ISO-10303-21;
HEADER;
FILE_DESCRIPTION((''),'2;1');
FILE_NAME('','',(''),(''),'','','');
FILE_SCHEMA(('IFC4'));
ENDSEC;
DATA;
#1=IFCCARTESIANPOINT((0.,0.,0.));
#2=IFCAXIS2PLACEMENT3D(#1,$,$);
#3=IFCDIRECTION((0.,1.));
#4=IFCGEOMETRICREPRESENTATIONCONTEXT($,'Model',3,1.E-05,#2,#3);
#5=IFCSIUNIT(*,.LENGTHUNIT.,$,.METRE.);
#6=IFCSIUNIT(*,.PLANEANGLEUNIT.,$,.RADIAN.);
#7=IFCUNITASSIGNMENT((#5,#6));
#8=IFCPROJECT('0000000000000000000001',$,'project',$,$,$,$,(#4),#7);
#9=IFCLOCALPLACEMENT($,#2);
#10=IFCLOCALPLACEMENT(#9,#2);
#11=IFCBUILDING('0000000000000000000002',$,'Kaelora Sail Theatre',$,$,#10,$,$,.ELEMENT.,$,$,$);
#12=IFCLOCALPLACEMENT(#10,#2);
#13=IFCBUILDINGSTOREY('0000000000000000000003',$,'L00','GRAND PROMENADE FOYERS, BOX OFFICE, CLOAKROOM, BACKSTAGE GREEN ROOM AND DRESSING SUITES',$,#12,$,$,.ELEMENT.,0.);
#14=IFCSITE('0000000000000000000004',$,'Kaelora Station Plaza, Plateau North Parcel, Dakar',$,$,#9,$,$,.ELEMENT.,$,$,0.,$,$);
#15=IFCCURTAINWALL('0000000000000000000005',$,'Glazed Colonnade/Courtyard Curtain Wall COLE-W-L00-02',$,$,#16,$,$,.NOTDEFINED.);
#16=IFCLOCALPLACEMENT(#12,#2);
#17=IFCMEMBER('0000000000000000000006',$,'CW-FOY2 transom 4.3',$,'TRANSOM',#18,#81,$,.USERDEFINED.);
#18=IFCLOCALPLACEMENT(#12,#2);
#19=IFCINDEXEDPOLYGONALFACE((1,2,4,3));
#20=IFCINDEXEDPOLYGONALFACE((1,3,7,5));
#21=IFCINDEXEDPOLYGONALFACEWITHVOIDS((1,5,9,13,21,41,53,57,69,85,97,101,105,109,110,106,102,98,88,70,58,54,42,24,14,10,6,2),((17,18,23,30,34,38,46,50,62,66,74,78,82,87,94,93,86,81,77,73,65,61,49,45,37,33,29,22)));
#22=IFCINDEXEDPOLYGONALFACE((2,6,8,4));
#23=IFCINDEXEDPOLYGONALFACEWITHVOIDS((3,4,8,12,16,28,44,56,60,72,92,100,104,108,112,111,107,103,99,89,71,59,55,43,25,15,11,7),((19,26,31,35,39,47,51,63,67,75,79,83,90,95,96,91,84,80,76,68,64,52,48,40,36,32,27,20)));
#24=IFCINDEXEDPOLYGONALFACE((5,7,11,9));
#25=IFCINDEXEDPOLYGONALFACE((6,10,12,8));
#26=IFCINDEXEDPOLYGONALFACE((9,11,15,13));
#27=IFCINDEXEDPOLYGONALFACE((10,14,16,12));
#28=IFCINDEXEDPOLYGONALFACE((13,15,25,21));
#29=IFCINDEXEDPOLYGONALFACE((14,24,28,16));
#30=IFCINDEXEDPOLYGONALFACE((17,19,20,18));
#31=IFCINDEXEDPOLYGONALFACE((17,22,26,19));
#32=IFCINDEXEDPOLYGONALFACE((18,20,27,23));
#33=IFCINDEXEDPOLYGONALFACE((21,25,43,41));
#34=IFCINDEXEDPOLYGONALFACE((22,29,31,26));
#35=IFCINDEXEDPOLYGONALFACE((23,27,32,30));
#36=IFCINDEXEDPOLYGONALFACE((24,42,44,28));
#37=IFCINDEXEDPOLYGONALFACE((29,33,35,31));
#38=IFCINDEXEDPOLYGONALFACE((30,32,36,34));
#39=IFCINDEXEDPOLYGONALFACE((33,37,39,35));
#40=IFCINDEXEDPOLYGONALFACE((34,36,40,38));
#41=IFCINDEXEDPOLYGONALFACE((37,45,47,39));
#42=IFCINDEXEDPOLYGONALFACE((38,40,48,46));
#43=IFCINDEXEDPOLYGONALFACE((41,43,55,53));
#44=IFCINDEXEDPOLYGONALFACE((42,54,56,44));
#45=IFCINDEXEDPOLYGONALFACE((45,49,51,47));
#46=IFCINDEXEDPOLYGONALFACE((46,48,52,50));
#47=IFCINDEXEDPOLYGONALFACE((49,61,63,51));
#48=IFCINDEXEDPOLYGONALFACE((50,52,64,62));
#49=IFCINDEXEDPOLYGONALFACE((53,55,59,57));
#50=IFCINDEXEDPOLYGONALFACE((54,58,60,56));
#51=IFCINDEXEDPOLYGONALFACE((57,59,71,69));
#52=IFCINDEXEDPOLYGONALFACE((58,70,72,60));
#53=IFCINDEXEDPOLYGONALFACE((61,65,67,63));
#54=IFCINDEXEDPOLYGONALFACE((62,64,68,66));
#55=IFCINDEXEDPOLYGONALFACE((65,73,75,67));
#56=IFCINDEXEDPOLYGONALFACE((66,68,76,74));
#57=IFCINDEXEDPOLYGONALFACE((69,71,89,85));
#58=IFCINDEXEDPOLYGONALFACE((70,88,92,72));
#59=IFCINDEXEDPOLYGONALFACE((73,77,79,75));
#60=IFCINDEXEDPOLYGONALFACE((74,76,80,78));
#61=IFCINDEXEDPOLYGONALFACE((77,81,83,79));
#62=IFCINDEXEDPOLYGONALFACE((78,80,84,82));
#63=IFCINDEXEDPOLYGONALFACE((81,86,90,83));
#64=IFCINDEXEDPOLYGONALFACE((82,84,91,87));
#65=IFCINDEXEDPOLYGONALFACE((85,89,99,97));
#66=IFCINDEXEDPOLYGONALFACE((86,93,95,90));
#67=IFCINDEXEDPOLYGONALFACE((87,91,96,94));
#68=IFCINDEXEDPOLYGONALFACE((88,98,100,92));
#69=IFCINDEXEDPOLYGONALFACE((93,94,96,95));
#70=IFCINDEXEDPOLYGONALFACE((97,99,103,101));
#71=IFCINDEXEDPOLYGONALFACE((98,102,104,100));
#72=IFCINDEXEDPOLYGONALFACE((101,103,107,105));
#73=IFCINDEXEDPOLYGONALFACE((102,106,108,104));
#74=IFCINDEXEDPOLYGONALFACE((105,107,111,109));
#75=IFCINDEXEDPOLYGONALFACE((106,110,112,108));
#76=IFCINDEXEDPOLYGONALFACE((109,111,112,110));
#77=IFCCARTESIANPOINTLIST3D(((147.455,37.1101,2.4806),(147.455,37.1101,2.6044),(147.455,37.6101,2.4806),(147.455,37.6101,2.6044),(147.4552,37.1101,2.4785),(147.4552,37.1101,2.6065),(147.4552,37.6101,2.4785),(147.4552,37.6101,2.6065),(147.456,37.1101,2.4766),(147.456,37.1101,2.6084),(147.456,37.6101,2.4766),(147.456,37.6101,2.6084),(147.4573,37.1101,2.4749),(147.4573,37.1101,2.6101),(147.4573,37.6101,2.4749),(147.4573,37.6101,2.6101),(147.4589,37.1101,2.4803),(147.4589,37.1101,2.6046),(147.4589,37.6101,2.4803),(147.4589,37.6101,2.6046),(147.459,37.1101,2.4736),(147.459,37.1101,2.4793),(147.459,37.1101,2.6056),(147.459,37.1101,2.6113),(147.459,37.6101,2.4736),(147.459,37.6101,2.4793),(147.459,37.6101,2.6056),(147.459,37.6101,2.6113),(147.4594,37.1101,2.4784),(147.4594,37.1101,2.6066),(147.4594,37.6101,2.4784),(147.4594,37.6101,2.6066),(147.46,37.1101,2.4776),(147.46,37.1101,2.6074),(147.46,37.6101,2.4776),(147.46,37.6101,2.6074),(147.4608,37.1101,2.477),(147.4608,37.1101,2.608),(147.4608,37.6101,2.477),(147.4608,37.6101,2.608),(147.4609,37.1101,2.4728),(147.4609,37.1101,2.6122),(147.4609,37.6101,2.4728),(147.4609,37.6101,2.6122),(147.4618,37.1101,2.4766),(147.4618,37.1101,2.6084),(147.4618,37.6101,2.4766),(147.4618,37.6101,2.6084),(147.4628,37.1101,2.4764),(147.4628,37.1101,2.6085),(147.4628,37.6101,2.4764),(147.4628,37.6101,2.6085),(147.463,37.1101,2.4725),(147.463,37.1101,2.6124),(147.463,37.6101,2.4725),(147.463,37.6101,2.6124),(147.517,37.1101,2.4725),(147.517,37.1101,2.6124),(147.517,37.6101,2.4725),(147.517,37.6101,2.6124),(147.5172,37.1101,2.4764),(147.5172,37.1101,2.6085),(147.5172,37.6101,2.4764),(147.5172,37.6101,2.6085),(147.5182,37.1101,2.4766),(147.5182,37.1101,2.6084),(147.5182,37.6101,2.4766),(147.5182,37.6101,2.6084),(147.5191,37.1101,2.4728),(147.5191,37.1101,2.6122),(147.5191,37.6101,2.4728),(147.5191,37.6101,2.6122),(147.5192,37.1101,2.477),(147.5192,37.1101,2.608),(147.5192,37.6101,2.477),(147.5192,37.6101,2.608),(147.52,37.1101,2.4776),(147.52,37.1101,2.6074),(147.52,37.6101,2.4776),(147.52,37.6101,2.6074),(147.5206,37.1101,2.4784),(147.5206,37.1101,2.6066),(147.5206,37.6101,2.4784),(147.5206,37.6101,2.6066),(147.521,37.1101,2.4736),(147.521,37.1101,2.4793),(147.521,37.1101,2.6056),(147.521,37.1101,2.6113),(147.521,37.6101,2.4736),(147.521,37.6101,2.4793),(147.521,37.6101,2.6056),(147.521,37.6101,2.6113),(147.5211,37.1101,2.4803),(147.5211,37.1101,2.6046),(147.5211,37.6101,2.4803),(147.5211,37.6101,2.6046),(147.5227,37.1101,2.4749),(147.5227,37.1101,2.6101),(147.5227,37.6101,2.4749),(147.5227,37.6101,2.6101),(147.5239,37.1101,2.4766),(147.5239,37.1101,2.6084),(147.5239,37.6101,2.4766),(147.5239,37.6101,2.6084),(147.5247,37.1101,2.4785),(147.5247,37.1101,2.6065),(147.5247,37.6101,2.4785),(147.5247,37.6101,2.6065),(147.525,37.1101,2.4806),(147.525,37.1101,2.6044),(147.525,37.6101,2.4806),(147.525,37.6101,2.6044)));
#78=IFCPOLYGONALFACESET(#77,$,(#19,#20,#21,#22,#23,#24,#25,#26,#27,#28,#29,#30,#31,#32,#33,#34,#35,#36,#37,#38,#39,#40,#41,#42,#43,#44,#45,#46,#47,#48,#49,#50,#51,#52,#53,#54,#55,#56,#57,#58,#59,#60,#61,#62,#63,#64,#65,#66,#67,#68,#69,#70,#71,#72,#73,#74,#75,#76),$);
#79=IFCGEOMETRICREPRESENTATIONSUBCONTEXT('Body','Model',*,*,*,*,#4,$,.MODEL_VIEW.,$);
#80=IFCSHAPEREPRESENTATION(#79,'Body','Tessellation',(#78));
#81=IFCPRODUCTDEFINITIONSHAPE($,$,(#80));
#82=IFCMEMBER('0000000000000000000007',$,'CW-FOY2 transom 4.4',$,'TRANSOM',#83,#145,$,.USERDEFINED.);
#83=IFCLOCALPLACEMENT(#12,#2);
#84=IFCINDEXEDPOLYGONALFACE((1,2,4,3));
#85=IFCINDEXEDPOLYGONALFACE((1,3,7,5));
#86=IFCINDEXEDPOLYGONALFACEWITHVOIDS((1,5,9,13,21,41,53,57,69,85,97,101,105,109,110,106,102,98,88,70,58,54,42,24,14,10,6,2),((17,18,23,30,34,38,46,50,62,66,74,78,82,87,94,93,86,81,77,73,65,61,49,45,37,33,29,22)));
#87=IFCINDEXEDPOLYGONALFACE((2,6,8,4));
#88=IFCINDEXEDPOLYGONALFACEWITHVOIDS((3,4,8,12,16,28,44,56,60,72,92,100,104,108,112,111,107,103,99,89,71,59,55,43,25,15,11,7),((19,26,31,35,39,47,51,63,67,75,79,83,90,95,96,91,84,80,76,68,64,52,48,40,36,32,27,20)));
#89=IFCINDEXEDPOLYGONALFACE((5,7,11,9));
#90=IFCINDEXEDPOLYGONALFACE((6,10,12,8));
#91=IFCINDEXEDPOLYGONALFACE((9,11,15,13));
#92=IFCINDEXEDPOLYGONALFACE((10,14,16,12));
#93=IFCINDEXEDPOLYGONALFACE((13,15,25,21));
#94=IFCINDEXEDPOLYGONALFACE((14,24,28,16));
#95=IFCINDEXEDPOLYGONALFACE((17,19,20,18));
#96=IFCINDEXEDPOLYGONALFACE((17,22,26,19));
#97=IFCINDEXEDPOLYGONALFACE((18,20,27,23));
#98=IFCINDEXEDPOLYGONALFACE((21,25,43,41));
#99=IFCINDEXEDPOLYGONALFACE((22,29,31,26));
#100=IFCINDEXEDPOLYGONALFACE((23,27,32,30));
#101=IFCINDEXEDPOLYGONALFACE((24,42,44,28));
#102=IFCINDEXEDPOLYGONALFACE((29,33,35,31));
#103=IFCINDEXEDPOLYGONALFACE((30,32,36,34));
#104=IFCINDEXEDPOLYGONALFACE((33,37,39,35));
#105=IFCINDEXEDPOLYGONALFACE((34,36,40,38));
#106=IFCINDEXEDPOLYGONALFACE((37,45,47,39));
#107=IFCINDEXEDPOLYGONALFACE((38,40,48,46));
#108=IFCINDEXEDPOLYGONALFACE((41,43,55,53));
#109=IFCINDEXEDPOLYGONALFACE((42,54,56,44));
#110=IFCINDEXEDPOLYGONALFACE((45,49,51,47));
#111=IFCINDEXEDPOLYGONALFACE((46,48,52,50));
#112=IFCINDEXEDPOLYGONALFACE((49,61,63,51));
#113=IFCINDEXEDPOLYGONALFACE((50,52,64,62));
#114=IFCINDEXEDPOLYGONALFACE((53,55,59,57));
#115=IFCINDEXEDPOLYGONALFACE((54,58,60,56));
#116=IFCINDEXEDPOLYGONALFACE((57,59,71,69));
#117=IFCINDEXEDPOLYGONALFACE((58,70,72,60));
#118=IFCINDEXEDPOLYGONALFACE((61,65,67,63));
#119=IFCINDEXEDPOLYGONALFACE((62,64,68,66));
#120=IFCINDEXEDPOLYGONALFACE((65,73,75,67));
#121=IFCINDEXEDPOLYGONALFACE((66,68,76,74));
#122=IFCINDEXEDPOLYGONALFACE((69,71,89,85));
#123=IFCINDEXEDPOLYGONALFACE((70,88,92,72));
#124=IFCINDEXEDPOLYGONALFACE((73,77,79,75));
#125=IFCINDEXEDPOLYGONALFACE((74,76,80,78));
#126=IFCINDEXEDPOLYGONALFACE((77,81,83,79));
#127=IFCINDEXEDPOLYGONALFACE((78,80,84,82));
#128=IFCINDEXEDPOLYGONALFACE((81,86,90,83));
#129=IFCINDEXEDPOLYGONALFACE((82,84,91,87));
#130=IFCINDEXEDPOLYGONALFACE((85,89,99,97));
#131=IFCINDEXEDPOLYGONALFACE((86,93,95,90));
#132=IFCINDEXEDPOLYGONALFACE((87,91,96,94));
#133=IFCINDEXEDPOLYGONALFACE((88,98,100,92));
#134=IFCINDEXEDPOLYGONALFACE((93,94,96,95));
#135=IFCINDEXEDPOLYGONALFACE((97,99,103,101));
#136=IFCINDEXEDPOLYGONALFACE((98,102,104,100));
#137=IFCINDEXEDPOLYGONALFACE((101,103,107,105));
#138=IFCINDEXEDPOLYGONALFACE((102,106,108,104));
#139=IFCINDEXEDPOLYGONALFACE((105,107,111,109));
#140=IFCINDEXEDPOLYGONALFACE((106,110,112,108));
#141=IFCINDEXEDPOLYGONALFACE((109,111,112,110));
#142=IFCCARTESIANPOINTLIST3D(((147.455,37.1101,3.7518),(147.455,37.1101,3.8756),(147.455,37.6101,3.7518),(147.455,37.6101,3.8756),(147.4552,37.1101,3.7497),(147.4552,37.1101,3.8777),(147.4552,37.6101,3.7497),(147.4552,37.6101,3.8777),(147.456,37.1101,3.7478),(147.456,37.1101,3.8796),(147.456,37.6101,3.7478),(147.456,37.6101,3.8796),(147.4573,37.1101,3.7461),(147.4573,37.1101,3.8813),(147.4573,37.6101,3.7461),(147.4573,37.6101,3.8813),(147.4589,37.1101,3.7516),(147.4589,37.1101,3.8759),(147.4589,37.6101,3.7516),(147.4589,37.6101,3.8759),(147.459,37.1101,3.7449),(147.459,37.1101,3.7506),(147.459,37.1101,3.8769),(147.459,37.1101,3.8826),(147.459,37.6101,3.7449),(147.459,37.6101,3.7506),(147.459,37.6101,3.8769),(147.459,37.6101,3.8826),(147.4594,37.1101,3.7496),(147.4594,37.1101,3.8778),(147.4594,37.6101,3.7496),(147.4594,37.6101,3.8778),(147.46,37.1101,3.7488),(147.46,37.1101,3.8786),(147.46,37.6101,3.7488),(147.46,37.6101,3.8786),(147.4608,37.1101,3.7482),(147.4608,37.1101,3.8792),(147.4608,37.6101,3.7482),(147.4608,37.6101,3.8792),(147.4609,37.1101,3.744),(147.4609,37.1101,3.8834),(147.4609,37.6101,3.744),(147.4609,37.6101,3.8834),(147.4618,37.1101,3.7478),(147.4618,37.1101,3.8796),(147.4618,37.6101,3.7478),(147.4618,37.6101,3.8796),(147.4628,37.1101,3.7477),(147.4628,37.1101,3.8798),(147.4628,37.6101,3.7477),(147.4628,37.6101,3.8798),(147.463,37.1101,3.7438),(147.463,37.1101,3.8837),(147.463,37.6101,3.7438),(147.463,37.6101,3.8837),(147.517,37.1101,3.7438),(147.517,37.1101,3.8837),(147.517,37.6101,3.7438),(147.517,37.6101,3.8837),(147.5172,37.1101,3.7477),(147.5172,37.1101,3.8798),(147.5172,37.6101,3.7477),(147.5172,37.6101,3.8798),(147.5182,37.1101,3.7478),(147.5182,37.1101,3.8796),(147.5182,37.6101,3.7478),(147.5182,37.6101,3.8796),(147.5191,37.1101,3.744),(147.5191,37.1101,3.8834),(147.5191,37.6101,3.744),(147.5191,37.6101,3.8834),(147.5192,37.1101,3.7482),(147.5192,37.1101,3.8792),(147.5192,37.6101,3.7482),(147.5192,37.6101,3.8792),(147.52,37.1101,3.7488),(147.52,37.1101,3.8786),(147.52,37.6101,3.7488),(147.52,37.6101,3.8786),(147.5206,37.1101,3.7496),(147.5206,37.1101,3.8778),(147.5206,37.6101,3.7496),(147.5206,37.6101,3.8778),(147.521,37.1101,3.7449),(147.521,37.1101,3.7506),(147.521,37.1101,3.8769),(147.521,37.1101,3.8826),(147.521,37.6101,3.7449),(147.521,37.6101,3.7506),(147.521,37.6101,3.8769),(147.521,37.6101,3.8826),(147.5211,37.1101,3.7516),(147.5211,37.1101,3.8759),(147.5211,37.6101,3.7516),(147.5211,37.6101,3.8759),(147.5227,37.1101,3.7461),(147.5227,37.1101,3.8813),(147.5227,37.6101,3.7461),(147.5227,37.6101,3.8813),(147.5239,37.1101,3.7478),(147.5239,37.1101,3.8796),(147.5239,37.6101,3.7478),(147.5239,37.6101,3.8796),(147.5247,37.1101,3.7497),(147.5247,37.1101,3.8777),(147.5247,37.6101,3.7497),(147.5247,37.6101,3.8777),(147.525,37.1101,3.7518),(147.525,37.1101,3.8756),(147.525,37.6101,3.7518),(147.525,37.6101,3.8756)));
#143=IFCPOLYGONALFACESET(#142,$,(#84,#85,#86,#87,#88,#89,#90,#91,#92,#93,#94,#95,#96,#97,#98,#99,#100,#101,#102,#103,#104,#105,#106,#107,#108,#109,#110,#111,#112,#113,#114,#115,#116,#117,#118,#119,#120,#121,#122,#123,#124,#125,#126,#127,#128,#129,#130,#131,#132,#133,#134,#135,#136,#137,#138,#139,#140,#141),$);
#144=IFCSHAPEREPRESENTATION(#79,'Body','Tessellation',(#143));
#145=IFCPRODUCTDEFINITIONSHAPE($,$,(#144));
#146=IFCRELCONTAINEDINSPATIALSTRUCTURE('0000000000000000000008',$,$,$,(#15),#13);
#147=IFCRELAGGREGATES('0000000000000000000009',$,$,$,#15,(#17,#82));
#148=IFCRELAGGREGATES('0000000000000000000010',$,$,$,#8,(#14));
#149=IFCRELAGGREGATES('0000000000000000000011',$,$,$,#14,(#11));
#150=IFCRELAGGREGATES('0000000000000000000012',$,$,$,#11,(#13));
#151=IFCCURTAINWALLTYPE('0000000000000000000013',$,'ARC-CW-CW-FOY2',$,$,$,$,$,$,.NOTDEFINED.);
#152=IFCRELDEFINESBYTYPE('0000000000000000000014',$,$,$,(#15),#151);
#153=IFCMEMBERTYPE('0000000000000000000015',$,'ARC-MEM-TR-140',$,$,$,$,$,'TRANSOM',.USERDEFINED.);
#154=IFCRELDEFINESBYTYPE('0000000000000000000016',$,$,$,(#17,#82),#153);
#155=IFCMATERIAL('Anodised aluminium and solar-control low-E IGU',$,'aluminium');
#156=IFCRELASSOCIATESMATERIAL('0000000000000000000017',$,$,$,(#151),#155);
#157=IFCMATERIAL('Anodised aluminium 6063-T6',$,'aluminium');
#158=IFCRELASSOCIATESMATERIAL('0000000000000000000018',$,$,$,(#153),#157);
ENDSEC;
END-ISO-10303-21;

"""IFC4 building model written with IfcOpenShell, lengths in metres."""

from ifc_helpers import new_model, si_unit, direction, frame, origin, origin_2d, place, context, subcontext, project, spatial, hollow_rectangle, extrude, material, material_profile, profile_set, type_object, element, aggregate, save


model = new_model("IFC4")

# Units and contexts
model_context = context("Model", 3, precision=1e-05, world=origin(), true_north=direction((0.0, 1.0)))
body_context = subcontext(model_context, "Body", "Model", "MODEL_VIEW")
ifc_project = project(units=[si_unit("LENGTHUNIT", "METRE"), si_unit("PLANEANGLEUNIT", "RADIAN")], contexts=[model_context])

# Site, building, storey
site_placement = place(None, origin())
site = spatial("IfcSite", under=ifc_project, at=site_placement, Name="Kaelora Station Plaza, Plateau North Parcel, Dakar", CompositionType="ELEMENT", RefElevation=0.0)
building_placement = place(site_placement, origin())
building = spatial("IfcBuilding", under=site, at=building_placement, Name="Kaelora Sail Theatre", CompositionType="ELEMENT")
storey_placement = place(building_placement, origin())
storey = spatial("IfcBuildingStorey", under=building, at=storey_placement, Name="L00", Description="GRAND PROMENADE FOYERS, BOX OFFICE, CLOAKROOM, BACKSTAGE GREEN ROOM AND DRESSING SUITES", CompositionType="ELEMENT", Elevation=0.0)

# Curtain wall, members
ifc_material_1 = material(Name="Anodised aluminium and solar-control low-E IGU", Category="aluminium")
curtain_wall_type = type_object("IfcCurtainWallType", Name="ARC-CW-CW-FOY2", PredefinedType="NOTDEFINED", material=ifc_material_1)
curtain_wall_1_placement = place(storey_placement, origin())
curtain_wall_1 = element("IfcCurtainWall", 1, at=curtain_wall_1_placement, inside=storey, type_object=curtain_wall_type, Name="Glazed Colonnade/Courtyard Curtain Wall COLE-W-L00-02", PredefinedType="NOTDEFINED")
ifc_material_2 = material(Name="Anodised aluminium 6063-T6", Category="aluminium")
ifc_material_profile_1 = material_profile(ifc_material_2, hollow_rectangle(XDim=0.0701, YDim=0.1399, WallThickness=0.0039, InnerFilletRadius=0.0039, OuterFilletRadius=0.0081, at=origin_2d()), Name="ALU-TRAN 70x140x4")
ifc_profile_set_1 = profile_set([ifc_material_profile_1], Name="Anodised aluminium 6063-T6")
member_type_1 = type_object("IfcMemberType", Name="ARC-MEM-TR-140", ElementType="TRANSOM", PredefinedType="USERDEFINED", material=ifc_profile_set_1)
member_1_placement = place(storey_placement, frame((147.49, 37.1101, 2.5425), z_axis=(0.0, 1.0, 0.0), x_axis=(-1.0, 0.0, 0.0)))
member_1 = element("IfcMember", 2, at=member_1_placement, type_object=member_type_1, Name="CW-FOY2 transom 4.3", ObjectType="TRANSOM", PredefinedType="USERDEFINED", context=body_context, shape_type="SweptSolid", body=[
    extrude(hollow_rectangle(XDim=0.0701, YDim=0.1399, WallThickness=0.0039, InnerFilletRadius=0.0039, OuterFilletRadius=0.0081, at=origin_2d()), origin(), (0.0, 0.0, 1.0), 0.5),
])
member_2_placement = place(storey_placement, frame((147.49, 37.1101, 3.8137), z_axis=(0.0, 1.0, 0.0), x_axis=(-1.0, 0.0, 0.0)))
member_2 = element("IfcMember", 3, at=member_2_placement, type_object=member_type_1, Name="CW-FOY2 transom 4.4", ObjectType="TRANSOM", PredefinedType="USERDEFINED", context=body_context, shape_type="SweptSolid", body=[
    extrude(hollow_rectangle(XDim=0.0701, YDim=0.1399, WallThickness=0.0039, InnerFilletRadius=0.0039, OuterFilletRadius=0.0081, at=origin_2d()), origin(), (0.0, 0.0, 1.0), 0.5),
])

aggregate(curtain_wall_1, [member_1, member_2])

save(model, "model.ifc")
